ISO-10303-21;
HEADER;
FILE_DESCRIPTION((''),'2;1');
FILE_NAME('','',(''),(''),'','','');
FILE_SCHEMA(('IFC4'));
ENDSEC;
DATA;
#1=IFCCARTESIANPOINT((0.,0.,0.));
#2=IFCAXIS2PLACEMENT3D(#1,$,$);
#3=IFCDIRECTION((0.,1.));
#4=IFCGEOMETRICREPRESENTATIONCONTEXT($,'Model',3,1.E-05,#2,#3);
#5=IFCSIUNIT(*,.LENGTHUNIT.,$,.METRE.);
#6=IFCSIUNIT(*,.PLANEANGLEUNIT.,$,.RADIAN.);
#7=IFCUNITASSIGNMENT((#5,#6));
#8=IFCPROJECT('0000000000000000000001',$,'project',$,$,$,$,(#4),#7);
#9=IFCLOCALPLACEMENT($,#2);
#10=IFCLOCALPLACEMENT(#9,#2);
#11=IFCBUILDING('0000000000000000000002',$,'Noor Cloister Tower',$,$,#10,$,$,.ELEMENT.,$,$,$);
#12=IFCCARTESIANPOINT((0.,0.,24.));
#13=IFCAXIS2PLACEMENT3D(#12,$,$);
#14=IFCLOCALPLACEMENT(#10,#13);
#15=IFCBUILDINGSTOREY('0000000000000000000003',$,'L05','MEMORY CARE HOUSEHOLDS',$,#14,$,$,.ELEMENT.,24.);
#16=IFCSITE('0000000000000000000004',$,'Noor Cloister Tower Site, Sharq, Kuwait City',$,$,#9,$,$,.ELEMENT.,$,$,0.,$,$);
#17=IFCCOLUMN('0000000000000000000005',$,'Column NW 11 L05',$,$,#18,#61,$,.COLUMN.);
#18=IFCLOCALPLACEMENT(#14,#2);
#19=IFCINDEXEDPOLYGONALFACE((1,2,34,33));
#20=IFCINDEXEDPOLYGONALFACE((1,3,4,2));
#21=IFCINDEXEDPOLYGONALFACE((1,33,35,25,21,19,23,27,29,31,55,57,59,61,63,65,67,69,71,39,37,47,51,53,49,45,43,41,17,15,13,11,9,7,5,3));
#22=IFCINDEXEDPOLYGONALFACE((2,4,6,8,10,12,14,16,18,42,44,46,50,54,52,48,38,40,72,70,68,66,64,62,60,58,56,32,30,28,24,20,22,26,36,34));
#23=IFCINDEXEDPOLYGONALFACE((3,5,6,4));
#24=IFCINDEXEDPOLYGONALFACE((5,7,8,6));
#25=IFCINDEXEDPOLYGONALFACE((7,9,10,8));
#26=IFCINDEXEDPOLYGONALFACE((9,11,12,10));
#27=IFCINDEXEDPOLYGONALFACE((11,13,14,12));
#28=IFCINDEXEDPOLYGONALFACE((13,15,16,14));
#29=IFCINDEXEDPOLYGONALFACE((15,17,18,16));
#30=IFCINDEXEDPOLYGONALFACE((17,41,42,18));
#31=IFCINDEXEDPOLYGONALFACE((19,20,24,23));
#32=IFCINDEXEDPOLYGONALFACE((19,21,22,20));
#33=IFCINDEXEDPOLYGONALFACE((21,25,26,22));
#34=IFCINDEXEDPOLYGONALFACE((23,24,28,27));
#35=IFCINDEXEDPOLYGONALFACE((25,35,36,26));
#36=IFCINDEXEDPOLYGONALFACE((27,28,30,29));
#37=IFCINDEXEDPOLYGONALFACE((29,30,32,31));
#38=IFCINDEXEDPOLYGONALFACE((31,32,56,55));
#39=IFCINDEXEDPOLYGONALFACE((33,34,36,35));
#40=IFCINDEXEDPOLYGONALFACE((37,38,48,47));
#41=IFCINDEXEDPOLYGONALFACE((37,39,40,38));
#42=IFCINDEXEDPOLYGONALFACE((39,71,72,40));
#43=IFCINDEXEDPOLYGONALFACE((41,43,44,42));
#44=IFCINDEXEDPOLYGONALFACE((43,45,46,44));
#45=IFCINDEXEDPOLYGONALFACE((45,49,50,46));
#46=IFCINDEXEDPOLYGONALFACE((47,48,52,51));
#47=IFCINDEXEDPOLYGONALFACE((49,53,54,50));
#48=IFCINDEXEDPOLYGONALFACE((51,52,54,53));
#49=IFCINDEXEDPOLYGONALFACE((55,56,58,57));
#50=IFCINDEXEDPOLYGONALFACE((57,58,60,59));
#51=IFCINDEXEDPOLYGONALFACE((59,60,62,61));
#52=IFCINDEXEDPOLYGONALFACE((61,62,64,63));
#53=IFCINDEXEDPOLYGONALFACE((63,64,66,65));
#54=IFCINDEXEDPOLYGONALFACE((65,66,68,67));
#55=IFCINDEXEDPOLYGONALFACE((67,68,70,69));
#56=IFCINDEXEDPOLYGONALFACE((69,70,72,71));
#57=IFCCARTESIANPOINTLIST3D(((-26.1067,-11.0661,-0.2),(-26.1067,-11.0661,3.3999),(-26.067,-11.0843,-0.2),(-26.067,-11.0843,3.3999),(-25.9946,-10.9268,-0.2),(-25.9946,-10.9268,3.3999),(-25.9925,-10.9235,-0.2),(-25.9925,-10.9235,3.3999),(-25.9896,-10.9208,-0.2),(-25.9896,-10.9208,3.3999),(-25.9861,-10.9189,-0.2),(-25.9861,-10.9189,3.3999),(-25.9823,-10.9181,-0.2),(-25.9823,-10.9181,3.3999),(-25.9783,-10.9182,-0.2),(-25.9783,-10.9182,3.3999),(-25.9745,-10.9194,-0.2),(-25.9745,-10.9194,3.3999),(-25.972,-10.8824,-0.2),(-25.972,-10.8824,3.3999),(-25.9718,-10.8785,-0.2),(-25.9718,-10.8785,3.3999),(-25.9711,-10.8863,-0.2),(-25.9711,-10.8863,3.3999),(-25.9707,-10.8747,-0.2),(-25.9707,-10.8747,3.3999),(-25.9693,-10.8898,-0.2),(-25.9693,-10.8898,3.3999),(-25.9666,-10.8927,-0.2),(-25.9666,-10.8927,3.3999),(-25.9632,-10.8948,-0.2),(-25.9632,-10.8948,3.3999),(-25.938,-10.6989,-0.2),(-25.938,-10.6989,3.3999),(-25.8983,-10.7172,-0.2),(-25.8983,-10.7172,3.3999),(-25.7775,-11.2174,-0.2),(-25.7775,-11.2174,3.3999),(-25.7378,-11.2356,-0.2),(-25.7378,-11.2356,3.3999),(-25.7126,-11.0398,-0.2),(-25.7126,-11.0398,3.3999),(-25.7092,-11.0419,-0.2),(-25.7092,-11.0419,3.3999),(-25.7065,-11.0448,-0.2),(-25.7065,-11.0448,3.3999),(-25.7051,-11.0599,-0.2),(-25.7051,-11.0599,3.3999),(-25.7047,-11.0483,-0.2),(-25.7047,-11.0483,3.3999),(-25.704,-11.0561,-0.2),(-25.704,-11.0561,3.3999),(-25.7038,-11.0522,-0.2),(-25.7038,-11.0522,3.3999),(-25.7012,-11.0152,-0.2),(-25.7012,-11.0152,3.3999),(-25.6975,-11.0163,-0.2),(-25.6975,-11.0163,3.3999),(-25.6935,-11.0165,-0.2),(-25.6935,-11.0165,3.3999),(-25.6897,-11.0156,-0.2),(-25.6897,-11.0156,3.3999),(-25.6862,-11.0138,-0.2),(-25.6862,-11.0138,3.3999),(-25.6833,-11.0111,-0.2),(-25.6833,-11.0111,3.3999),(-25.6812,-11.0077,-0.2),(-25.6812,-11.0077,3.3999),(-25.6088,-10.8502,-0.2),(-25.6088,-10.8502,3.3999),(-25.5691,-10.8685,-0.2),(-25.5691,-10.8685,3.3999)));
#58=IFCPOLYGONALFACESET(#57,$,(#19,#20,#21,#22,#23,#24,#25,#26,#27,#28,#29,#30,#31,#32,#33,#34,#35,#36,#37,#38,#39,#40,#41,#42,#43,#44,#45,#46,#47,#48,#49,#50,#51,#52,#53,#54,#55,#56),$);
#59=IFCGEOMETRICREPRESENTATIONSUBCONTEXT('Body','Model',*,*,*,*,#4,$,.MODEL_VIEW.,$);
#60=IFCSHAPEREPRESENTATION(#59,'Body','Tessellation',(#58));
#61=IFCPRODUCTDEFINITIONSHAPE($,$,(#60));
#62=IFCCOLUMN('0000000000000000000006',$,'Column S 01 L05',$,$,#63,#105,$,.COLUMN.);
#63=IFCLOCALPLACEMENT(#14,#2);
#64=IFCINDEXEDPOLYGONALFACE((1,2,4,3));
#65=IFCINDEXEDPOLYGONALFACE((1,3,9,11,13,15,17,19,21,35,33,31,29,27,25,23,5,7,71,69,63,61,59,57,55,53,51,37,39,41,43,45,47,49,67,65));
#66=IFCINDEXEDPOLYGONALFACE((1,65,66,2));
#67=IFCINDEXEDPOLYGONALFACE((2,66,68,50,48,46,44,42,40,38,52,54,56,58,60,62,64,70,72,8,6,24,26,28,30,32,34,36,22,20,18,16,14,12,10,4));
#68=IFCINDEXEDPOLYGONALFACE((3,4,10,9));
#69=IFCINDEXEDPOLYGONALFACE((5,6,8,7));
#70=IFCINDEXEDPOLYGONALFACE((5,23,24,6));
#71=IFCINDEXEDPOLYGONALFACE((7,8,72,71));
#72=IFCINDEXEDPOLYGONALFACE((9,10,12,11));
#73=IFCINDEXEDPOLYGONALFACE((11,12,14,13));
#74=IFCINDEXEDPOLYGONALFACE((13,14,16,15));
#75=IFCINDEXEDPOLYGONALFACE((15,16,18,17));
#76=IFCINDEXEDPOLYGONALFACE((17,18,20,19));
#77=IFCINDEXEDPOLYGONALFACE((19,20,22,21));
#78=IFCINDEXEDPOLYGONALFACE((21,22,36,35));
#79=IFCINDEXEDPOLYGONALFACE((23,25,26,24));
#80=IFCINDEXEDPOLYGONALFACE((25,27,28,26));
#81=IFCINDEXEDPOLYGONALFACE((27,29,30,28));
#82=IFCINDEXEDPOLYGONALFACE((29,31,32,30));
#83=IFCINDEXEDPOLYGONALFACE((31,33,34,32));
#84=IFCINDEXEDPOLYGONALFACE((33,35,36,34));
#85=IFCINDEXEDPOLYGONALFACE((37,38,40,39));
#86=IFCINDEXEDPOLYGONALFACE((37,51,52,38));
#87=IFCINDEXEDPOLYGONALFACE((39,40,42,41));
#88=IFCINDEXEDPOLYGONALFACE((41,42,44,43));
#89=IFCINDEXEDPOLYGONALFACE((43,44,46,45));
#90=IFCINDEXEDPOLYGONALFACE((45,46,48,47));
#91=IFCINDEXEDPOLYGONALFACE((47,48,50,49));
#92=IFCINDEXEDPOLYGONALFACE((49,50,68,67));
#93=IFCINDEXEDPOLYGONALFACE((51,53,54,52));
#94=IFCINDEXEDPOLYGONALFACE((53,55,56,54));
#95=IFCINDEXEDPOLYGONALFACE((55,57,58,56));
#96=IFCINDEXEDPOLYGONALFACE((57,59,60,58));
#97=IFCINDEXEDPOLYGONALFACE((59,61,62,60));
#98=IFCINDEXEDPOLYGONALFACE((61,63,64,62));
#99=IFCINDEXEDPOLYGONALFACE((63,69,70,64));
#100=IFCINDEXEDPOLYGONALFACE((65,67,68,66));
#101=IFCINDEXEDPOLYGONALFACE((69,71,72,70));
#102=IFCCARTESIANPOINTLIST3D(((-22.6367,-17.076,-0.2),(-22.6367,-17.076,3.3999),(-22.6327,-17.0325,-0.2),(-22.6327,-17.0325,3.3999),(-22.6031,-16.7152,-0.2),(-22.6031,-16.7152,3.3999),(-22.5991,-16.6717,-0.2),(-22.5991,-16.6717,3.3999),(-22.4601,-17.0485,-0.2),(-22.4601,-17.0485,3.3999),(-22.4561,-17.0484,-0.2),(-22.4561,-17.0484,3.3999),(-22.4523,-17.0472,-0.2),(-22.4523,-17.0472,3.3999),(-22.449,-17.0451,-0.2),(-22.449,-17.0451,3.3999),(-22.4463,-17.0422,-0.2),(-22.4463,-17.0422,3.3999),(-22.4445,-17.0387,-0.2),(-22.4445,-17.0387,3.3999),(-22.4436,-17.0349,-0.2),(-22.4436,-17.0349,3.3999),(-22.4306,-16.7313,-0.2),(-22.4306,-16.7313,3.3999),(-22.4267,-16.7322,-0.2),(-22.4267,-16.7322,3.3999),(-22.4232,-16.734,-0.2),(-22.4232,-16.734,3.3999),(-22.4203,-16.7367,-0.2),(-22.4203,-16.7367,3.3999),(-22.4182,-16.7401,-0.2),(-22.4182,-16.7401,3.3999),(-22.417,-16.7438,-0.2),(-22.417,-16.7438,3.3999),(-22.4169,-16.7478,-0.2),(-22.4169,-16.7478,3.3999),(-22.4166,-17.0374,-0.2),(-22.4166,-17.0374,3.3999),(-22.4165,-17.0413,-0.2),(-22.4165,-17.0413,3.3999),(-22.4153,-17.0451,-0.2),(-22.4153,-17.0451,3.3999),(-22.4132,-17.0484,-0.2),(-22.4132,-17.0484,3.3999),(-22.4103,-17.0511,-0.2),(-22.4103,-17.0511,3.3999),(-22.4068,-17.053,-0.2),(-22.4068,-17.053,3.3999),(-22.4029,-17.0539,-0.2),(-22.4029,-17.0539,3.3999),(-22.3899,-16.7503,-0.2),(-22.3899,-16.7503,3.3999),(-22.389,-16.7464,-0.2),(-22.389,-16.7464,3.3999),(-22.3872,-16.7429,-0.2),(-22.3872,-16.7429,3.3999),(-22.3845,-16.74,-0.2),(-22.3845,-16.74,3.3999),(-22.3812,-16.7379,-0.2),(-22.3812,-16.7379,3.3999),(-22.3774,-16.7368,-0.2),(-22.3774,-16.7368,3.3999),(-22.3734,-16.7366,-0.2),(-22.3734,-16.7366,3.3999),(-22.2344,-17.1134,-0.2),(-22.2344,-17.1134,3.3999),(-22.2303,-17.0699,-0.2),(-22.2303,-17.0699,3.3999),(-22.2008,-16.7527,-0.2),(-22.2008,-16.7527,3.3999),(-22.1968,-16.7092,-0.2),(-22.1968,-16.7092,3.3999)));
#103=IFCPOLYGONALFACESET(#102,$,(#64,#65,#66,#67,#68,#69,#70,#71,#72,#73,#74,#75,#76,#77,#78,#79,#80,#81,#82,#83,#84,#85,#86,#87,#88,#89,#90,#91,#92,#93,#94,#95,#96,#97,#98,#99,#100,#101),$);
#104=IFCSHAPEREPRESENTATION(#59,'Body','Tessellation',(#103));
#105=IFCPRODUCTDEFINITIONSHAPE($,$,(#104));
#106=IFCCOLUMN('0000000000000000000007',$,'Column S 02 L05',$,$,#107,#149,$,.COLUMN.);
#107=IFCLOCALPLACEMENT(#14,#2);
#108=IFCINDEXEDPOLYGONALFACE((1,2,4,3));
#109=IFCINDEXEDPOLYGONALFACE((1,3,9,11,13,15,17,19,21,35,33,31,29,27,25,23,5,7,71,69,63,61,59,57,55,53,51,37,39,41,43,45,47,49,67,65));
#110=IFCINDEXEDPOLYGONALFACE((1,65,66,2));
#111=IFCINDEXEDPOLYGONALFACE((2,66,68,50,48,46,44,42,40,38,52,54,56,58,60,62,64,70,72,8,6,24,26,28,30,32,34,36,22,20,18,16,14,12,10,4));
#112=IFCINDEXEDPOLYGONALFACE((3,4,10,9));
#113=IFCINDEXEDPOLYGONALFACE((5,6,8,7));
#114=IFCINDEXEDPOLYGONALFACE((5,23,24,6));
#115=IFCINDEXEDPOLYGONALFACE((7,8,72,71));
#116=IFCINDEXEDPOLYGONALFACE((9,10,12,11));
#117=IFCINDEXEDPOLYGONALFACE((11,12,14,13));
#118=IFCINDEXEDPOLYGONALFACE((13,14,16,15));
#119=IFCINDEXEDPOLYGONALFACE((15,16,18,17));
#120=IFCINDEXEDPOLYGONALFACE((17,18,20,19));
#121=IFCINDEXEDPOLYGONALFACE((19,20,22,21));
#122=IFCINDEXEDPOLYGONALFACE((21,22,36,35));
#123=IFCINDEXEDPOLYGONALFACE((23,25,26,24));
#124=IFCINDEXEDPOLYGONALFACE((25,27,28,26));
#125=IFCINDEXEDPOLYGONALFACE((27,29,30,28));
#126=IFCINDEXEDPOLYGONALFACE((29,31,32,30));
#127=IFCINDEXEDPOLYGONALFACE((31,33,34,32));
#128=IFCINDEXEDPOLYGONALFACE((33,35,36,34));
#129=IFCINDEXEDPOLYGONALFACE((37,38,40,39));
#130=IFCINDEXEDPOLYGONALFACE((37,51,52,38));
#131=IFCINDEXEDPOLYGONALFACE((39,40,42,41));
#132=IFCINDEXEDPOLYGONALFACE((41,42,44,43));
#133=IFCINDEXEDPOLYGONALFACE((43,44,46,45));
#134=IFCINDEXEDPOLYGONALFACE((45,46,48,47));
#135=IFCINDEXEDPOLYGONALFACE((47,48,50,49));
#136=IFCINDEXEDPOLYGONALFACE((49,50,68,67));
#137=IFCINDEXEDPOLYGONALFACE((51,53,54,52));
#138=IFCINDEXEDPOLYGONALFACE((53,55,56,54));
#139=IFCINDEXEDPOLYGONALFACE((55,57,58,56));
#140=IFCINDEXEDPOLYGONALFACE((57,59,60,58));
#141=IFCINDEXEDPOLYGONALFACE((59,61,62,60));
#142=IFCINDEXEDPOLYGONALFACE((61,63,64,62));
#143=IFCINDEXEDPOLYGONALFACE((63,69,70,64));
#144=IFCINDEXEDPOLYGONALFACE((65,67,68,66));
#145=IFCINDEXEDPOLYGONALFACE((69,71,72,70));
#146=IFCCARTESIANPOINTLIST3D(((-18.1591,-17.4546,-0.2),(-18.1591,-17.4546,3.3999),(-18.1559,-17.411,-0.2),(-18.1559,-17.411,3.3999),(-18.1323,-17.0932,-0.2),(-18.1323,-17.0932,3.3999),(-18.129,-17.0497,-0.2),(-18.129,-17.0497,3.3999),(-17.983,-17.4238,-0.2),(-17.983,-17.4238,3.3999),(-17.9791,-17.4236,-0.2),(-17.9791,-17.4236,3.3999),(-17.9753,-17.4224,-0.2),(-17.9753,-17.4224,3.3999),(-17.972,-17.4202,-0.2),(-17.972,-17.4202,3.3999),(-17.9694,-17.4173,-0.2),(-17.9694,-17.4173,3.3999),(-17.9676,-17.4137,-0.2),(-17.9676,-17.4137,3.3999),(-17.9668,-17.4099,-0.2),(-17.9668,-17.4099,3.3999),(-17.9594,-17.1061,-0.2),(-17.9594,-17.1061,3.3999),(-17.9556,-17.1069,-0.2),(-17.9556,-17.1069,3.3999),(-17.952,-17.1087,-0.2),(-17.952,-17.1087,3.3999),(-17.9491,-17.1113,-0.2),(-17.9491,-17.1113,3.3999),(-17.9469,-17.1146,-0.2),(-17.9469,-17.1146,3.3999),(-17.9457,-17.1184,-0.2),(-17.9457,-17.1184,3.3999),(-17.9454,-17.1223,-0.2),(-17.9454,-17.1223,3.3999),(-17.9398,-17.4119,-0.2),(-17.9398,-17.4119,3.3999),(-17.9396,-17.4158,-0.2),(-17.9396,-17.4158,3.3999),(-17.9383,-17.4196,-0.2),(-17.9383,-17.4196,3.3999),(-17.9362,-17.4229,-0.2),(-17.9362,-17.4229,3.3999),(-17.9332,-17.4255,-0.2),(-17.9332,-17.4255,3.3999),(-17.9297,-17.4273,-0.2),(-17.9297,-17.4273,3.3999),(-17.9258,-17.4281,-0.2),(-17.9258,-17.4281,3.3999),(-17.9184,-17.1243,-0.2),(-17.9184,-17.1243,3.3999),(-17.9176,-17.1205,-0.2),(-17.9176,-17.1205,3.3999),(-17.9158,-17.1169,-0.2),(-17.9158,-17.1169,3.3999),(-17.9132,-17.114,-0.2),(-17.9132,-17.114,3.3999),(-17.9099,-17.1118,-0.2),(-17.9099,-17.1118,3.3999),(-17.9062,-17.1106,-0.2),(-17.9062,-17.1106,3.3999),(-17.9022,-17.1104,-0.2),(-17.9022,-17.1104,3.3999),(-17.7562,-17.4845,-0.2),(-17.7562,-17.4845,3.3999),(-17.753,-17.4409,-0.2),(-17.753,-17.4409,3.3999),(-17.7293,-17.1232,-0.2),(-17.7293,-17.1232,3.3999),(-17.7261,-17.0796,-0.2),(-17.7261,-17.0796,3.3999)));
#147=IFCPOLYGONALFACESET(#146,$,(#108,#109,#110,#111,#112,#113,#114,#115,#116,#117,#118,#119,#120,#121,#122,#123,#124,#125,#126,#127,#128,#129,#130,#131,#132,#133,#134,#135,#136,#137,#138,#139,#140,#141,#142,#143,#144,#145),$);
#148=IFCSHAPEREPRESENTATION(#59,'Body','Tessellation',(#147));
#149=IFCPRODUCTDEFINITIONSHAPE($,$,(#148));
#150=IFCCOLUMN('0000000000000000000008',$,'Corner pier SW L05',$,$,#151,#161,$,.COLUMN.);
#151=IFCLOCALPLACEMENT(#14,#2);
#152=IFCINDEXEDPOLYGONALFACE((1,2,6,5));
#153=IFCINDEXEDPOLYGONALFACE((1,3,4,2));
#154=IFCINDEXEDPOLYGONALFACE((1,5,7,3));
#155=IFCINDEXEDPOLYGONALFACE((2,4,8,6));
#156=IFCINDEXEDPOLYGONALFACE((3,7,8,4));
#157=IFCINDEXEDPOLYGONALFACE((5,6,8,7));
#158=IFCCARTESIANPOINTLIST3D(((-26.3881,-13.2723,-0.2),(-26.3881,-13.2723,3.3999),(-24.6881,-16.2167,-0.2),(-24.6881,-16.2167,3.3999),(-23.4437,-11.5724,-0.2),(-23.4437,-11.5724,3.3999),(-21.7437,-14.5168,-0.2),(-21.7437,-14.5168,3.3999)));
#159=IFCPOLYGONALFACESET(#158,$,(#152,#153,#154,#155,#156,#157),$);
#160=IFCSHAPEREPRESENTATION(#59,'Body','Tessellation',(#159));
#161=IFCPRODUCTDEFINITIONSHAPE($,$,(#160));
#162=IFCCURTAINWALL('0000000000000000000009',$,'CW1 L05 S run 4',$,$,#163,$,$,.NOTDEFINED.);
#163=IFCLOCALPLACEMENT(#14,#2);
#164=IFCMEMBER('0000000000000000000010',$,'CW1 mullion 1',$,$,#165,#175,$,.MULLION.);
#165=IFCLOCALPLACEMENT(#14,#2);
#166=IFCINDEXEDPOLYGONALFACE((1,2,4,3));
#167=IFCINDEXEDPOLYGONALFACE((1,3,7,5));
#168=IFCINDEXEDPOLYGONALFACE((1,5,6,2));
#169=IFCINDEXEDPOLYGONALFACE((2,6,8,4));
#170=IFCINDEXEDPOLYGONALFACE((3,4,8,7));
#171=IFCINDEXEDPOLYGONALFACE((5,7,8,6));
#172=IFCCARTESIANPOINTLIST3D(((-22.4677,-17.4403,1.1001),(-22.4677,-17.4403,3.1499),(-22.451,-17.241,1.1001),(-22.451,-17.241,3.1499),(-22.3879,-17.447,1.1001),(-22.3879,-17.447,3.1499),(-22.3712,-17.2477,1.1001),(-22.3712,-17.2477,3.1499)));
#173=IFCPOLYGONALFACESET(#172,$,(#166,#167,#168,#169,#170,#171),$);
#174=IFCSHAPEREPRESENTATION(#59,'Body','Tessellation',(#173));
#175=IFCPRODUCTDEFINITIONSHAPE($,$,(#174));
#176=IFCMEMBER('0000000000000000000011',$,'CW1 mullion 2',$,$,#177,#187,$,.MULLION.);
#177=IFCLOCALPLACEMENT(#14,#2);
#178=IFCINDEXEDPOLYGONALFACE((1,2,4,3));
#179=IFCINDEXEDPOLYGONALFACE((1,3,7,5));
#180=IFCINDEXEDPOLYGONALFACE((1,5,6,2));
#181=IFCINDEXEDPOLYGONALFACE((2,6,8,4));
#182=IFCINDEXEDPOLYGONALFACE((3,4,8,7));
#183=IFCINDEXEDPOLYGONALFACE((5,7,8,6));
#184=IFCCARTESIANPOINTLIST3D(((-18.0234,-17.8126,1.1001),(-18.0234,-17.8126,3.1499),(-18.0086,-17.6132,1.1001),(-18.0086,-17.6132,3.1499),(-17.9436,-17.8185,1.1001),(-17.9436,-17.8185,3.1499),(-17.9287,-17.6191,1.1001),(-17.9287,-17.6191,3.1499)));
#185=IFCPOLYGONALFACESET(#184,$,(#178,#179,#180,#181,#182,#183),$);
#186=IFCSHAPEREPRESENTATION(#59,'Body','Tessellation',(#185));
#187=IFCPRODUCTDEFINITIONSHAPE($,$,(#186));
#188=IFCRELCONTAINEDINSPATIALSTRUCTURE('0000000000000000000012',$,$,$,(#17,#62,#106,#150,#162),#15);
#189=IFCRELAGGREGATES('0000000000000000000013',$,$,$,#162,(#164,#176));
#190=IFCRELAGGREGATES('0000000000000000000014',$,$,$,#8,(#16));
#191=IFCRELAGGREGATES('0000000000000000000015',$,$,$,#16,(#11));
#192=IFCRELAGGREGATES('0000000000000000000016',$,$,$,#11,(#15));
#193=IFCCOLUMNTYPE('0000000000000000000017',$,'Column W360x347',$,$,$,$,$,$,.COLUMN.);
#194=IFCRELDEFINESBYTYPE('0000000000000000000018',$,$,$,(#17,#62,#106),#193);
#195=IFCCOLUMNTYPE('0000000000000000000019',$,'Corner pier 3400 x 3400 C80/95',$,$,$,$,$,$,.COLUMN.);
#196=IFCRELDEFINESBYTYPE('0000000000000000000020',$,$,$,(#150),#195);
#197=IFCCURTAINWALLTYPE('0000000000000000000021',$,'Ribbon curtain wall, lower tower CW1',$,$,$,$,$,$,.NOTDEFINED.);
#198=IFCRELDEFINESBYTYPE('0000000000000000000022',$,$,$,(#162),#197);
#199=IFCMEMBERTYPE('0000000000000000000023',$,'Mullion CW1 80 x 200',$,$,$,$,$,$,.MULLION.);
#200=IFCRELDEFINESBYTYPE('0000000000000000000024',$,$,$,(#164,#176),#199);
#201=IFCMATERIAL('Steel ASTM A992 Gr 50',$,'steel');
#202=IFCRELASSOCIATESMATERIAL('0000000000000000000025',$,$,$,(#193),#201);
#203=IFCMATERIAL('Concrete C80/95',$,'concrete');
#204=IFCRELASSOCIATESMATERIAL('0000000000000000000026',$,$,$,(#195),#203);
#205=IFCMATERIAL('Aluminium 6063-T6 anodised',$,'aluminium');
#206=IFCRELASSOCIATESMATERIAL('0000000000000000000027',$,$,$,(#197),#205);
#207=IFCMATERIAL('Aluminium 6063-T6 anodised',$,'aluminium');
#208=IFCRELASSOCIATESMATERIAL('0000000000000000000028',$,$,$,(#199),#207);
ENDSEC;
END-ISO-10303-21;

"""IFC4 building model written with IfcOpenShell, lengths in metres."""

from ifc_helpers import new_model, si_unit, direction, frame, origin, origin_2d, place, context, subcontext, project, spatial, rectangle, i_section, extrude, material, material_profile, profile_set, type_object, element, aggregate, save


model = new_model("IFC4")

# Units and contexts
model_context = context("Model", 3, precision=1e-05, world=origin(), true_north=direction((0.0, 1.0)))
body_context = subcontext(model_context, "Body", "Model", "MODEL_VIEW")
ifc_project = project(units=[si_unit("LENGTHUNIT", "METRE"), si_unit("PLANEANGLEUNIT", "RADIAN")], contexts=[model_context])

# Site, building, storey
site_placement = place(None, origin())
site = spatial("IfcSite", under=ifc_project, at=site_placement, Name="Noor Cloister Tower Site, Sharq, Kuwait City", CompositionType="ELEMENT", RefElevation=0.0)
building_placement = place(site_placement, origin())
building = spatial("IfcBuilding", under=site, at=building_placement, Name="Noor Cloister Tower", CompositionType="ELEMENT")
storey_placement = place(building_placement, frame((0.0, 0.0, 24.0)))
storey = spatial("IfcBuildingStorey", under=building, at=storey_placement, Name="L05", Description="MEMORY CARE HOUSEHOLDS", CompositionType="ELEMENT", Elevation=24.0)

# Columns
ifc_material_1 = material(Name="Steel ASTM A992 Gr 50", Category="steel")
ifc_material_profile_1 = material_profile(ifc_material_1, i_section(OverallWidth=0.4041, OverallDepth=0.406, WebThickness=0.0271, FlangeThickness=0.0437, FilletRadius=0.0151, at=origin_2d()), Name="W360x347")
ifc_profile_set_1 = profile_set([ifc_material_profile_1], Name="Steel ASTM A992 Gr 50")
column_type_1 = type_object("IfcColumnType", Name="Column W360x347", PredefinedType="COLUMN", material=ifc_profile_set_1)
for number, where, z_axis, x_axis, name in (
    (1, (-25.8379, -10.9673, -0.2), (0.0, 0.0, 1.0), (-0.417624, -0.90862, 0.0), "Column NW 11 L05"),
    (2, (-22.4167, -16.8926, -0.2), (0.0, 0.0, 1.0), (0.9957, -0.092636, 0.0), "Column S 01 L05"),
    (3, (-17.9426, -17.2671, -0.2), (0.0, 0.0, 1.0), (0.997247, -0.074147, 0.0), "Column S 02 L05"),
):
    element("IfcColumn", number, at=place(storey_placement, frame(where, z_axis=z_axis, x_axis=x_axis)), inside=storey, type_object=column_type_1, Name=name, PredefinedType="COLUMN", context=body_context, shape_type="SweptSolid", body=[
        extrude(i_section(OverallWidth=0.4041, OverallDepth=0.406, WebThickness=0.0271, FlangeThickness=0.0437, FilletRadius=0.0151, at=origin_2d()), origin(), (0.0, 0.0, 1.0), 3.5999),
    ])
ifc_material_2 = material(Name="Concrete C80/95", Category="concrete")
ifc_material_profile_2 = material_profile(ifc_material_2, rectangle(XDim=3.3999, YDim=3.3999, at=origin_2d()), Name="RC 3400x3400")
ifc_profile_set_2 = profile_set([ifc_material_profile_2], Name="Concrete C80/95")
column_type_2 = type_object("IfcColumnType", Name="Corner pier 3400 x 3400 C80/95", PredefinedType="COLUMN", material=ifc_profile_set_2)
column_placement = place(storey_placement, frame((-24.0659, -13.8945, -0.2), z_axis=(0.0, 0.0, 1.0), x_axis=(-0.866025, -0.5, 0.0)))
element("IfcColumn", 4, at=column_placement, inside=storey, type_object=column_type_2, Name="Corner pier SW L05", PredefinedType="COLUMN", context=body_context, shape_type="SweptSolid", body=[
    extrude(rectangle(XDim=3.3999, YDim=3.3999, at=origin_2d()), origin(), (0.0, 0.0, 1.0), 3.5999),
])

# Curtain wall, members
ifc_material_3 = material(Name="Aluminium 6063-T6 anodised", Category="aluminium")
curtain_wall_type = type_object("IfcCurtainWallType", Name="Ribbon curtain wall, lower tower CW1", PredefinedType="NOTDEFINED", material=ifc_material_3)
curtain_wall_placement = place(storey_placement, origin())
curtain_wall = element("IfcCurtainWall", 5, at=curtain_wall_placement, inside=storey, type_object=curtain_wall_type, Name="CW1 L05 S run 4", PredefinedType="NOTDEFINED")
ifc_material_4 = material(Name="Aluminium 6063-T6 anodised", Category="aluminium")
ifc_material_profile_3 = material_profile(ifc_material_4, rectangle(XDim=0.2, YDim=0.0801, at=origin_2d()), Name="200 x 80 mullion")
ifc_profile_set_3 = profile_set([ifc_material_profile_3], Name="Aluminium 6063-T6 anodised")
member_type = type_object("IfcMemberType", Name="Mullion CW1 80 x 200", PredefinedType="MULLION", material=ifc_profile_set_3)
member_1_placement = place(storey_placement, frame((-22.4194, -17.344, 1.1001), z_axis=(0.0, 0.0, 1.0), x_axis=(0.083396, 0.996517, 0.0)))
member_1 = element("IfcMember", 6, at=member_1_placement, type_object=member_type, Name="CW1 mullion 1", PredefinedType="MULLION", context=body_context, shape_type="SweptSolid", body=[
    extrude(rectangle(XDim=0.2, YDim=0.0801, at=origin_2d()), origin(), (0.0, 0.0, 1.0), 2.0498),
])
member_2_placement = place(storey_placement, frame((-17.9761, -17.7158, 1.1001), z_axis=(0.0, 0.0, 1.0), x_axis=(0.074147, 0.997247, 0.0)))
member_2 = element("IfcMember", 7, at=member_2_placement, type_object=member_type, Name="CW1 mullion 2", PredefinedType="MULLION", context=body_context, shape_type="SweptSolid", body=[
    extrude(rectangle(XDim=0.2, YDim=0.0801, at=origin_2d()), origin(), (0.0, 0.0, 1.0), 2.0498),
])

aggregate(curtain_wall, [member_1, member_2])

save(model, "model.ifc")
